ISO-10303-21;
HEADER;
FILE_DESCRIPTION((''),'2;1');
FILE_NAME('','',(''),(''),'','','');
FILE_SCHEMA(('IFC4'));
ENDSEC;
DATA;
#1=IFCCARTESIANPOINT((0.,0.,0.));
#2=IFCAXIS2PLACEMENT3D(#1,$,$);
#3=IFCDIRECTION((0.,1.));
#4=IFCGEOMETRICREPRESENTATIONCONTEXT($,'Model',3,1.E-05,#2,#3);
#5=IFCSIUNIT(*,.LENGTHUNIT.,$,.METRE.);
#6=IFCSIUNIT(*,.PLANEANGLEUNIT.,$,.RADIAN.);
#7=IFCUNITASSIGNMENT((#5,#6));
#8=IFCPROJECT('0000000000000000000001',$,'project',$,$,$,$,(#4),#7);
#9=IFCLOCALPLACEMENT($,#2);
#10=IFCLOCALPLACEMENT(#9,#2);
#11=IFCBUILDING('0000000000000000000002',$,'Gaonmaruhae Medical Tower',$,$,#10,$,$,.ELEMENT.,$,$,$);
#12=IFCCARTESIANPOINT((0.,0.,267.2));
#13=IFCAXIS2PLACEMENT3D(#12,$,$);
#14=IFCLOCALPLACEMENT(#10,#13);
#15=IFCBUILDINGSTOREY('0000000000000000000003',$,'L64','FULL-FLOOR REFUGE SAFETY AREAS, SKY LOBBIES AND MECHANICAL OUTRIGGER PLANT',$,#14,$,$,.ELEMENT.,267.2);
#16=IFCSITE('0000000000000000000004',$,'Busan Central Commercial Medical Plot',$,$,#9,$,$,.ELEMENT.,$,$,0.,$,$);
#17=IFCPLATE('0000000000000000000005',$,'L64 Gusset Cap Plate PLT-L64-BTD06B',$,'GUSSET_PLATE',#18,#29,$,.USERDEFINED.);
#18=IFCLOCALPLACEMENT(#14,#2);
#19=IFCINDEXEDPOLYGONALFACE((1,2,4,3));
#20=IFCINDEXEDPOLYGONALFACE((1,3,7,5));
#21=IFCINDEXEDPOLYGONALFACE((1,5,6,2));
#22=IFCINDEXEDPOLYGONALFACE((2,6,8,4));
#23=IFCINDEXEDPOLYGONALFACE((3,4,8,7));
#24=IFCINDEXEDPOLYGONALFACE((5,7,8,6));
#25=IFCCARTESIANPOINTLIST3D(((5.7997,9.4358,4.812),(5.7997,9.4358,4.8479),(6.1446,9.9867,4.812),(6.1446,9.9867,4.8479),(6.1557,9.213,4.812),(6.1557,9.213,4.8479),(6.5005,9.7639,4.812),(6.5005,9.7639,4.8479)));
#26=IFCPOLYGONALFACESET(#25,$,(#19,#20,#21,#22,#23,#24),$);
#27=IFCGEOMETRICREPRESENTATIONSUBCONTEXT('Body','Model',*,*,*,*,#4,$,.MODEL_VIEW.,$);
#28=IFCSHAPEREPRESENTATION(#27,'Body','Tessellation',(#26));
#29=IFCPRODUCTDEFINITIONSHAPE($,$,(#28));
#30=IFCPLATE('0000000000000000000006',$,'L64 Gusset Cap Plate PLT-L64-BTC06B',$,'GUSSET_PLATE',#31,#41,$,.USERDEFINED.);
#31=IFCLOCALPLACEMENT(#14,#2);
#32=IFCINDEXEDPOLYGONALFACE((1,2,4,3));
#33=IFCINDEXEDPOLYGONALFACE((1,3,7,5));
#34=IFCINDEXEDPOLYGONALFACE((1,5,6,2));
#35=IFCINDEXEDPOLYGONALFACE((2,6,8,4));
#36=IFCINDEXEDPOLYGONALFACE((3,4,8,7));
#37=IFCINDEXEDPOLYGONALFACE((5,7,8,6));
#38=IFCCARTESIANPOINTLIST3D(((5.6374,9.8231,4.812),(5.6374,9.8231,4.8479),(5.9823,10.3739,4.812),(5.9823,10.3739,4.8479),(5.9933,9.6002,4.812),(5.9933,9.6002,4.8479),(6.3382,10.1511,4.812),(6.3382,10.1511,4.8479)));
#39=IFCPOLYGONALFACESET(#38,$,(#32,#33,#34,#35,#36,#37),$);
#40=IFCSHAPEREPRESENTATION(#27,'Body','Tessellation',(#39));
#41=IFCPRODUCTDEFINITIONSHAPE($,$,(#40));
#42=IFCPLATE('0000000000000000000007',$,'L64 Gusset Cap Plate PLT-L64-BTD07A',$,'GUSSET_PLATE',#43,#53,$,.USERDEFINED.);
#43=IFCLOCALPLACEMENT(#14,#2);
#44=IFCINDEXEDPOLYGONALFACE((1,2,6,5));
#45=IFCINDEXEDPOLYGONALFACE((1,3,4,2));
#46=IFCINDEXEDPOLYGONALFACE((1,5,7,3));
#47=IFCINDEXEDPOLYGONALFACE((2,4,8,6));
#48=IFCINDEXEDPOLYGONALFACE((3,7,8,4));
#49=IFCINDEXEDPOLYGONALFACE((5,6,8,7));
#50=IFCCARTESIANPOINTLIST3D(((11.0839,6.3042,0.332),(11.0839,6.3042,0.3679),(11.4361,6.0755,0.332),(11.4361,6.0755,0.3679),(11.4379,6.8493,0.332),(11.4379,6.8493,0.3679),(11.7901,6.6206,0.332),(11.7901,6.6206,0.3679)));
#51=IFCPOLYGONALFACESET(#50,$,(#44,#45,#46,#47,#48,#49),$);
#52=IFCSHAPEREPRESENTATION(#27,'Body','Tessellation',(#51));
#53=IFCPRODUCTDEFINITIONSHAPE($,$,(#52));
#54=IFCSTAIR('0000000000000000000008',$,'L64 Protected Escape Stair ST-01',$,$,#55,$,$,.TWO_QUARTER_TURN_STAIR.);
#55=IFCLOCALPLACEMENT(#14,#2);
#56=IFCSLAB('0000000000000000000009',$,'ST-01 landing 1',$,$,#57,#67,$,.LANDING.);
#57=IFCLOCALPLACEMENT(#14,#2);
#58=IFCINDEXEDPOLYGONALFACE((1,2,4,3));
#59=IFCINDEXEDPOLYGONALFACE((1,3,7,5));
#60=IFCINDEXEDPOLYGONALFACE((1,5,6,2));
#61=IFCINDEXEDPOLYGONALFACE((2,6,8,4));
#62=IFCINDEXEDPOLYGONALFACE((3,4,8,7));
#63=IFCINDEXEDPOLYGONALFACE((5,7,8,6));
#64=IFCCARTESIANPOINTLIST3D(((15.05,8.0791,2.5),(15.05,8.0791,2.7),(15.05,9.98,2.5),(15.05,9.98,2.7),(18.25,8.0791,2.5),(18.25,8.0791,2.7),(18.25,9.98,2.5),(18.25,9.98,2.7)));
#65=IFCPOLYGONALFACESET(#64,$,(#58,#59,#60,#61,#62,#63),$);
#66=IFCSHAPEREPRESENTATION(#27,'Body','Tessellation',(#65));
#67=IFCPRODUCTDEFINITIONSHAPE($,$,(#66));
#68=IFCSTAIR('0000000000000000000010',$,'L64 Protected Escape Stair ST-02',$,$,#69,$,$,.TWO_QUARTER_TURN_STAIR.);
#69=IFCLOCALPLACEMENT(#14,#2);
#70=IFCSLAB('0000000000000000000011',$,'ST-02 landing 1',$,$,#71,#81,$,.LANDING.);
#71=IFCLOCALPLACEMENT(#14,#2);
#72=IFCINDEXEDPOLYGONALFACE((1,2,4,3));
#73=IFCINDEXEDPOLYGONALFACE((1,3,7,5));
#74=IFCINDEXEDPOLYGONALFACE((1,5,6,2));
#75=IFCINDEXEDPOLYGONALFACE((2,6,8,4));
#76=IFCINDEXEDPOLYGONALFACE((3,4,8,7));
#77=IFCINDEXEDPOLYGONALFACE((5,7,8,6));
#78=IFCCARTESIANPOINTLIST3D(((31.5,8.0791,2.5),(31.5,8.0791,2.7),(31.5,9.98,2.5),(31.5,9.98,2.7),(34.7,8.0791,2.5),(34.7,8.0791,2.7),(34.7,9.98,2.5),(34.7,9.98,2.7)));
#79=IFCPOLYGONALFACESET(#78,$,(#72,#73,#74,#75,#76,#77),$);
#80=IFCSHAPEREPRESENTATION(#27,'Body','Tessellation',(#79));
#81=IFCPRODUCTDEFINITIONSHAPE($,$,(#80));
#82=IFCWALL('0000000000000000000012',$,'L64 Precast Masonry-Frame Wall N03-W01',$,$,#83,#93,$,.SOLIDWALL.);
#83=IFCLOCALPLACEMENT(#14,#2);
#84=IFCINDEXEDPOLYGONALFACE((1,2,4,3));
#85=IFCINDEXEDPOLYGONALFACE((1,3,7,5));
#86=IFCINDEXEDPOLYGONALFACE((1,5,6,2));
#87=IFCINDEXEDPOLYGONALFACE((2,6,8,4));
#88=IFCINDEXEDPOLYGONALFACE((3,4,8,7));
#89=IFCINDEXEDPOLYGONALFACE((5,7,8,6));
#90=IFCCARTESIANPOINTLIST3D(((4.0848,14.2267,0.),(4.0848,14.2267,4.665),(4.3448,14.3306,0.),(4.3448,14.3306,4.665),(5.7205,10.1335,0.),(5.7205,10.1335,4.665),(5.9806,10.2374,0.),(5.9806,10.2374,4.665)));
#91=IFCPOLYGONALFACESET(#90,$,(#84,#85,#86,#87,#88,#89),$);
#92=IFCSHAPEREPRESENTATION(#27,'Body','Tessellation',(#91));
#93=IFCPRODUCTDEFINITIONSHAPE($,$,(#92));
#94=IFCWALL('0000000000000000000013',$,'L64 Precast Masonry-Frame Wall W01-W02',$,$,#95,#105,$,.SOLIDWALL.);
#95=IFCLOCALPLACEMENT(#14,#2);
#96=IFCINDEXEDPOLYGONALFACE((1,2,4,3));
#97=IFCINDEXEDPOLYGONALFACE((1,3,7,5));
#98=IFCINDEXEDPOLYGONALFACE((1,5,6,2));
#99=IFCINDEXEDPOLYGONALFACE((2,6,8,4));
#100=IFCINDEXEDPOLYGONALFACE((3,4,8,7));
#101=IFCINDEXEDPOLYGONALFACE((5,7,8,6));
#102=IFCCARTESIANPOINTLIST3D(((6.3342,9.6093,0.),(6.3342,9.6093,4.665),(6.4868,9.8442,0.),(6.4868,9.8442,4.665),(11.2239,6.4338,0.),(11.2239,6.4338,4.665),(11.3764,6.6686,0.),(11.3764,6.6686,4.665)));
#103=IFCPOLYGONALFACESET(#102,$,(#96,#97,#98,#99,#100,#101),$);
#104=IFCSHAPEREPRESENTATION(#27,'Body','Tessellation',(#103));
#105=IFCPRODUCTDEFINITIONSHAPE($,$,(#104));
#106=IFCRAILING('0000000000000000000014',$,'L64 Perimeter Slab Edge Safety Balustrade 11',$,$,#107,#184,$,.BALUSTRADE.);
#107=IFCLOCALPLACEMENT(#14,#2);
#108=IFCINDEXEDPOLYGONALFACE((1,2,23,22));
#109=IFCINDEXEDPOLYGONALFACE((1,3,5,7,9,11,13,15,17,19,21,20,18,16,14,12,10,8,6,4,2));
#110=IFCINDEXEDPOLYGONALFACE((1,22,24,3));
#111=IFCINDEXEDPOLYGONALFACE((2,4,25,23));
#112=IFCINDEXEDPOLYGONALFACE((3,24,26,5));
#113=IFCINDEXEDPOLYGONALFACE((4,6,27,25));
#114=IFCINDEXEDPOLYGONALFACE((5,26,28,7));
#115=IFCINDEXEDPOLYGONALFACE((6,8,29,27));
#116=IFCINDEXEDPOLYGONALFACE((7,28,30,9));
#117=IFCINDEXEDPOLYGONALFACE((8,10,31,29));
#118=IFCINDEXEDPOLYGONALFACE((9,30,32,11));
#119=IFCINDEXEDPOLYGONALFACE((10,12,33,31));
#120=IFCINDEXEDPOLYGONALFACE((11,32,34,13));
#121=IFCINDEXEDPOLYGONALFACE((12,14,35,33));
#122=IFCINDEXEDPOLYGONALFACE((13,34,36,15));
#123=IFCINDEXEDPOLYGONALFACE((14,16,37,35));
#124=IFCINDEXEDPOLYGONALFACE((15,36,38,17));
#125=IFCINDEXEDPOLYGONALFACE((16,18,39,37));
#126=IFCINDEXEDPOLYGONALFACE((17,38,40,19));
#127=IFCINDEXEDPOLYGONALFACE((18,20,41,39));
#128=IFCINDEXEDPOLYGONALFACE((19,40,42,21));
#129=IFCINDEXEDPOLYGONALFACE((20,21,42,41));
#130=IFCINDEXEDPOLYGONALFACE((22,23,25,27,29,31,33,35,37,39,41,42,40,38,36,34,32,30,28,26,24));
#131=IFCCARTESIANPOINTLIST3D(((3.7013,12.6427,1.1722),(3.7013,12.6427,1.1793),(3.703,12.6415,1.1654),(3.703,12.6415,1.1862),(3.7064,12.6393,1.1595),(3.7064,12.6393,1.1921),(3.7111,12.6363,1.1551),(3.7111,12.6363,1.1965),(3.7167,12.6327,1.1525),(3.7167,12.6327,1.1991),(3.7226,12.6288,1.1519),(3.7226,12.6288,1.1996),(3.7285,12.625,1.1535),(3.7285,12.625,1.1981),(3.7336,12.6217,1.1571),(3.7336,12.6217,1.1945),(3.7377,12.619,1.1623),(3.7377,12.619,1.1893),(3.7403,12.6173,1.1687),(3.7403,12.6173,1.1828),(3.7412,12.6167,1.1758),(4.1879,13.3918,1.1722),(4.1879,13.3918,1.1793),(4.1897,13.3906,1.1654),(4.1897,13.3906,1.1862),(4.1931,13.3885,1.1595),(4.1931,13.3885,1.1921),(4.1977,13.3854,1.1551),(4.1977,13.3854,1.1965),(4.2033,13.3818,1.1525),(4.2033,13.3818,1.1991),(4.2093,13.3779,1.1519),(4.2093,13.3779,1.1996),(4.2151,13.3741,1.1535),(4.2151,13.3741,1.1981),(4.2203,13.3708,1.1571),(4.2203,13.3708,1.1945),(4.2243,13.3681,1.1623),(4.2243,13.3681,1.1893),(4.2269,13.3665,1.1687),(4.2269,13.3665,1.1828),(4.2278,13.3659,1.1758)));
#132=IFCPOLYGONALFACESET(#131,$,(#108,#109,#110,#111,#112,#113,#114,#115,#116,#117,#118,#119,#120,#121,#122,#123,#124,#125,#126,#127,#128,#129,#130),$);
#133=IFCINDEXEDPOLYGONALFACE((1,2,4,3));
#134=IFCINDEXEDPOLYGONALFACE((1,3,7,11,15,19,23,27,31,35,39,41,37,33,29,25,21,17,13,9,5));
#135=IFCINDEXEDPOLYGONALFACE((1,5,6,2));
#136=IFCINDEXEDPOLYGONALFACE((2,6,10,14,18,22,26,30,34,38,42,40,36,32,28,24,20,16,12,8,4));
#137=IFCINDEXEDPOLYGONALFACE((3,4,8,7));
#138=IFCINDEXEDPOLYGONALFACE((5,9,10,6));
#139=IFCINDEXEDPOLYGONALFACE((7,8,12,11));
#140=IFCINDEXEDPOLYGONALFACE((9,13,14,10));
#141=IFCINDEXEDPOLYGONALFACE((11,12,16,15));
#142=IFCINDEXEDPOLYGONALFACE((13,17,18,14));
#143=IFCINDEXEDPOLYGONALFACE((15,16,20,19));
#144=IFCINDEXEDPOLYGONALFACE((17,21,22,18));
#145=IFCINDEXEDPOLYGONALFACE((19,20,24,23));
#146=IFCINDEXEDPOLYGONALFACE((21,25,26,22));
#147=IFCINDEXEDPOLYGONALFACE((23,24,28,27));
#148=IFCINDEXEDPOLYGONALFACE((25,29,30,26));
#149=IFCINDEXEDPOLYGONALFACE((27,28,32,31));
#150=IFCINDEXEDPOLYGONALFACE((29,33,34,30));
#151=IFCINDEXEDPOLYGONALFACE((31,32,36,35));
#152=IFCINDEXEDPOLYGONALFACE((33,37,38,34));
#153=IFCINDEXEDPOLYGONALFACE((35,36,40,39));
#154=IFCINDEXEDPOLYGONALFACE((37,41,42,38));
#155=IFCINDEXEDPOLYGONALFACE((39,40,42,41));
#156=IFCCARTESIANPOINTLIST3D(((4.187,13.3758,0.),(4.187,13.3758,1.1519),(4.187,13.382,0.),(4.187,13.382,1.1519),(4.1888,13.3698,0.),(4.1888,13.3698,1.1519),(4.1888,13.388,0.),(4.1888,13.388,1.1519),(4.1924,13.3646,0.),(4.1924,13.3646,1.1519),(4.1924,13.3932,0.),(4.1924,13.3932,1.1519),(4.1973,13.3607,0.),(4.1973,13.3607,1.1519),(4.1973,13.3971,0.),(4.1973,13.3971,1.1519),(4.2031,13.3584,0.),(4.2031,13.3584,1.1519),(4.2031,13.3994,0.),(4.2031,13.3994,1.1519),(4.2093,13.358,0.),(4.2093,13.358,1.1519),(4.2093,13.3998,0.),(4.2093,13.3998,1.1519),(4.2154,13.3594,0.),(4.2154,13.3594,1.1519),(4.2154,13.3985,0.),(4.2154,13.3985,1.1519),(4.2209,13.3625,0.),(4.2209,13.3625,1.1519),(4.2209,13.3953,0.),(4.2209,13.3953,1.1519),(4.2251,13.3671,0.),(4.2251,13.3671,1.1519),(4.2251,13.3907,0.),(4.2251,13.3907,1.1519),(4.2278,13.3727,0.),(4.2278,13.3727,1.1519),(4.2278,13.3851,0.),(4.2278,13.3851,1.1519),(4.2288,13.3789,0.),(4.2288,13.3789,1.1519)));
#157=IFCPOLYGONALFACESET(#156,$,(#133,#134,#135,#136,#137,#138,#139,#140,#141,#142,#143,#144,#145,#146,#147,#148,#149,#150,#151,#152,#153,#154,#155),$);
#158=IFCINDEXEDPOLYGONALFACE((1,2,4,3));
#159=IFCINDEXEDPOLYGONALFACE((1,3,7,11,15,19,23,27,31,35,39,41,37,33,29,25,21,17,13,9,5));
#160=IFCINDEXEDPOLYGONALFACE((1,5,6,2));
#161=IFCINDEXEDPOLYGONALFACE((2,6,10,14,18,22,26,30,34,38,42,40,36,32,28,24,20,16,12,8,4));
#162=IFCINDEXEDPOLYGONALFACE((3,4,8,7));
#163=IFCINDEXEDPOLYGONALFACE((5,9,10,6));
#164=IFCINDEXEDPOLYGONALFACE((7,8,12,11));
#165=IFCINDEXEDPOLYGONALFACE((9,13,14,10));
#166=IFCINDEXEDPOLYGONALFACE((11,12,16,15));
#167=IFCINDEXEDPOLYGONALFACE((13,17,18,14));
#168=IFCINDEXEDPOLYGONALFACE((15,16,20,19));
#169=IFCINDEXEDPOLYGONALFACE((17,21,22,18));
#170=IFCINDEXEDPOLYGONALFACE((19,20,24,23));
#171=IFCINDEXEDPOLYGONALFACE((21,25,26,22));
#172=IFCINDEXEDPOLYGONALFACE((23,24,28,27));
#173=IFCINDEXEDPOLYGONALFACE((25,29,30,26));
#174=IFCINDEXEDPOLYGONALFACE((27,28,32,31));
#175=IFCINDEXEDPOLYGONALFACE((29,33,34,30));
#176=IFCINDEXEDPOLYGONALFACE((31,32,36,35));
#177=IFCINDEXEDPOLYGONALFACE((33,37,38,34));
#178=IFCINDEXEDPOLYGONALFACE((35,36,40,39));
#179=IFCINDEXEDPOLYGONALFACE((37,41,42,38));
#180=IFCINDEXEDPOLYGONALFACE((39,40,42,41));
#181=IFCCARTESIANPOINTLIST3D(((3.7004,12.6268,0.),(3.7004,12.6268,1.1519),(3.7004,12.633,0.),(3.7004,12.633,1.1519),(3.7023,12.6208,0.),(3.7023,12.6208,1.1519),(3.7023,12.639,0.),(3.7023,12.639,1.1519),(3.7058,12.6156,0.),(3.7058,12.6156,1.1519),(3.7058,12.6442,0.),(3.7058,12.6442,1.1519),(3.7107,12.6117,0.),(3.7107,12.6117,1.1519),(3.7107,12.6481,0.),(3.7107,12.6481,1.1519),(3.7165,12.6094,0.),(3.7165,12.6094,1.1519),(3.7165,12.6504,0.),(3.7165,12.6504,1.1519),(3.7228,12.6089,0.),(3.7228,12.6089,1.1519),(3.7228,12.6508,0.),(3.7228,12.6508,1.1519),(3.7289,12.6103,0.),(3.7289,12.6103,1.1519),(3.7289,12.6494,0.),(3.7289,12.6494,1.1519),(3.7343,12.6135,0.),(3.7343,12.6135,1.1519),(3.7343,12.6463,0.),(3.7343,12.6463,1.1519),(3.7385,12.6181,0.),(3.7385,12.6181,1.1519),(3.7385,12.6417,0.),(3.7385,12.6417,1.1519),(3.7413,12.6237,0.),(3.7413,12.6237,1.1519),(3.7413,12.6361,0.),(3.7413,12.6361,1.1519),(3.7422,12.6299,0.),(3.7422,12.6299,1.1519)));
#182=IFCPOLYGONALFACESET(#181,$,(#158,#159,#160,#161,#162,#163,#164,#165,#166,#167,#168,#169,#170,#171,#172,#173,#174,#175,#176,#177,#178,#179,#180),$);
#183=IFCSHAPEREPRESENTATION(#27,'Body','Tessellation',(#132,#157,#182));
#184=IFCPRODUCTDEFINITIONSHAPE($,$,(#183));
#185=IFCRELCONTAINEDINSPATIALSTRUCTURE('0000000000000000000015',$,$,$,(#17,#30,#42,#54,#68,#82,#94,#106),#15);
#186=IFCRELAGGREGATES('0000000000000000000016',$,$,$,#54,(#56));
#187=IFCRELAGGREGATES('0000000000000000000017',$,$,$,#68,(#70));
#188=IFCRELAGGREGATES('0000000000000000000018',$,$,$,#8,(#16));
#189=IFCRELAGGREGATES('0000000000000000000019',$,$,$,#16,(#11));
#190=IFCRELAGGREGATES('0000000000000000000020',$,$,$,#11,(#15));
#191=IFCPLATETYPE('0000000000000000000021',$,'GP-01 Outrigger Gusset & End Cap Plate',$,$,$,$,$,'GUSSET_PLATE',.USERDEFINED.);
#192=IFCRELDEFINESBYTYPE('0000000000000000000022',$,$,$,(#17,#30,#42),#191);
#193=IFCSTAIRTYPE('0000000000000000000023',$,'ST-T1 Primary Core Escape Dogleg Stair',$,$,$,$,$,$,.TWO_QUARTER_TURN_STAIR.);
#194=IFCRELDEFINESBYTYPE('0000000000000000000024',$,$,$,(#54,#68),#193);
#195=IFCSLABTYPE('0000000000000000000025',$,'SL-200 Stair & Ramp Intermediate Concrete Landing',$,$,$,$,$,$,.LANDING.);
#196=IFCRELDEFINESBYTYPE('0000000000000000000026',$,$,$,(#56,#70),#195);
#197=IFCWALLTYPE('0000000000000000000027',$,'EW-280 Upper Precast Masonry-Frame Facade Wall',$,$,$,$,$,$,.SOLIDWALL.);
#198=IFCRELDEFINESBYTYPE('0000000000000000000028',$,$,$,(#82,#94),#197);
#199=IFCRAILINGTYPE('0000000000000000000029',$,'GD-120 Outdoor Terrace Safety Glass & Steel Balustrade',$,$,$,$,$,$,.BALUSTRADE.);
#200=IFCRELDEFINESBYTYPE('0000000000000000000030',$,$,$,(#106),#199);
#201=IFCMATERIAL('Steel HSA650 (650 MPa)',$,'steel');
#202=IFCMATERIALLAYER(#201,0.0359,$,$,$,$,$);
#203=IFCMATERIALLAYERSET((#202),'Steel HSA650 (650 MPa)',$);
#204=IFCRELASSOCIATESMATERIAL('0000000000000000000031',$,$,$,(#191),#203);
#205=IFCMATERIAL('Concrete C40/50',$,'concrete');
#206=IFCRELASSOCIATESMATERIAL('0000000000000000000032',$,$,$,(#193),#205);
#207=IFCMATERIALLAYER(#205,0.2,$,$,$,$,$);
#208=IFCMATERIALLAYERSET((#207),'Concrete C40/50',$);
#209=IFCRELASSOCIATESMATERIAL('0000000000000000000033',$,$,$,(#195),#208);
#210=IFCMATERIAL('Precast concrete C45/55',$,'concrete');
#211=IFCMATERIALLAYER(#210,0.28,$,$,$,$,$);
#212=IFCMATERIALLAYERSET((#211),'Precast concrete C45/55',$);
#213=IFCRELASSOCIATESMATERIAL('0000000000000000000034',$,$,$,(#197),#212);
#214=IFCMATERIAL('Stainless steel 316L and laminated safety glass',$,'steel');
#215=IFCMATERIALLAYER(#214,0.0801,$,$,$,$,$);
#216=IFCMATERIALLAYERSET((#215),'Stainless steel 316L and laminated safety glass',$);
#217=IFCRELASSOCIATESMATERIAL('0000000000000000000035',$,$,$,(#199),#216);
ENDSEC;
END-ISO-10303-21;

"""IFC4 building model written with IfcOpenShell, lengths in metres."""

from ifc_helpers import new_model, si_unit, direction, frame, frame_2d, origin, origin_2d, place, context, subcontext, project, spatial, polyline, rectangle, circle, outline, extrude, material, layer, layer_set, type_object, element, aggregate, save


model = new_model("IFC4")

# Units and contexts
model_context = context("Model", 3, precision=1e-05, world=origin(), true_north=direction((0.0, 1.0)))
body_context = subcontext(model_context, "Body", "Model", "MODEL_VIEW")
ifc_project = project(units=[si_unit("LENGTHUNIT", "METRE"), si_unit("PLANEANGLEUNIT", "RADIAN")], contexts=[model_context])

# Site, building, storey
site_placement = place(None, origin())
site = spatial("IfcSite", under=ifc_project, at=site_placement, Name="Busan Central Commercial Medical Plot", CompositionType="ELEMENT", RefElevation=0.0)
building_placement = place(site_placement, origin())
building = spatial("IfcBuilding", under=site, at=building_placement, Name="Gaonmaruhae Medical Tower", CompositionType="ELEMENT")
storey_placement = place(building_placement, frame((0.0, 0.0, 267.2)))
storey = spatial("IfcBuildingStorey", under=building, at=storey_placement, Name="L64", Description="FULL-FLOOR REFUGE SAFETY AREAS, SKY LOBBIES AND MECHANICAL OUTRIGGER PLANT", CompositionType="ELEMENT", Elevation=267.2)

# Shared definitions
ifc_material_1 = material(Name="Steel HSA650 (650 MPa)", Category="steel")

# Shared definitions
ifc_material_2 = material(Name="Concrete C40/50", Category="concrete")

# Plates
ifc_layer_1 = layer(ifc_material_1, 0.0359)
ifc_layer_set_1 = layer_set([ifc_layer_1], Name="Steel HSA650 (650 MPa)")
plate_type = type_object("IfcPlateType", Name="GP-01 Outrigger Gusset & End Cap Plate", ElementType="GUSSET_PLATE", PredefinedType="USERDEFINED", material=ifc_layer_set_1)
for number, where, z_axis, x_axis, name in (
    (1, (6.1501, 9.5999, 4.812), (0.0, 0.0, 1.0), (0.530659, 0.847585, 0.0), "L64 Gusset Cap Plate PLT-L64-BTD06B"),
    (2, (5.9878, 9.9871, 4.812), (0.0, 0.0, 1.0), (0.530659, 0.847585, 0.0), "L64 Gusset Cap Plate PLT-L64-BTC06B"),
    (3, (11.437, 6.4624, 0.332), (0.0, 0.0, 1.0), (0.544639, 0.838671, 0.0), "L64 Gusset Cap Plate PLT-L64-BTD07A"),
):
    element("IfcPlate", number, at=place(storey_placement, frame(where, z_axis=z_axis, x_axis=x_axis)), inside=storey, type_object=plate_type, Name=name, ObjectType="GUSSET_PLATE", PredefinedType="USERDEFINED", context=body_context, shape_type="SweptSolid", body=[
        extrude(rectangle(XDim=0.6499, YDim=0.4199, at=origin_2d()), origin(), (0.0, 0.0, 1.0), 0.0359),
    ])

# Stairs, slabs
stair_type = type_object("IfcStairType", Name="ST-T1 Primary Core Escape Dogleg Stair", PredefinedType="TWO_QUARTER_TURN_STAIR", material=ifc_material_2)
stair_1_placement = place(storey_placement, origin())
stair_1 = element("IfcStair", 4, at=stair_1_placement, inside=storey, type_object=stair_type, Name="L64 Protected Escape Stair ST-01", PredefinedType="TWO_QUARTER_TURN_STAIR")
ifc_layer_2 = layer(ifc_material_2, 0.2)
ifc_layer_set_2 = layer_set([ifc_layer_2], Name="Concrete C40/50")
slab_type_1 = type_object("IfcSlabType", Name="SL-200 Stair & Ramp Intermediate Concrete Landing", PredefinedType="LANDING", material=ifc_layer_set_2)
slab_1_placement = place(storey_placement, frame((0.0, 0.0, 2.5)))
slab_1 = element("IfcSlab", 5, at=slab_1_placement, type_object=slab_type_1, Name="ST-01 landing 1", PredefinedType="LANDING", context=body_context, shape_type="SweptSolid", body=[
    extrude(outline(polyline([(15.05, 9.98), (15.05, 8.0791), (18.25, 8.0791), (18.25, 9.98), (15.05, 9.98)])), origin(), (0.0, 0.0, 1.0), 0.2),
])
aggregate(stair_1, [slab_1])
stair_2_placement = place(storey_placement, origin())
stair_2 = element("IfcStair", 6, at=stair_2_placement, inside=storey, type_object=stair_type, Name="L64 Protected Escape Stair ST-02", PredefinedType="TWO_QUARTER_TURN_STAIR")
slab_2_placement = place(storey_placement, frame((0.0, 0.0, 2.5)))
slab_2 = element("IfcSlab", 7, at=slab_2_placement, type_object=slab_type_1, Name="ST-02 landing 1", PredefinedType="LANDING", context=body_context, shape_type="SweptSolid", body=[
    extrude(outline(polyline([(31.5, 9.98), (31.5, 8.0791), (34.7, 8.0791), (34.7, 9.98), (31.5, 9.98)])), origin(), (0.0, 0.0, 1.0), 0.2),
])
aggregate(stair_2, [slab_2])

# Walls
ifc_material_3 = material(Name="Precast concrete C45/55", Category="concrete")
ifc_layer_3 = layer(ifc_material_3, 0.28)
ifc_layer_set_3 = layer_set([ifc_layer_3], Name="Precast concrete C45/55")
wall_type = type_object("IfcWallType", Name="EW-280 Upper Precast Masonry-Frame Facade Wall", PredefinedType="SOLIDWALL", material=ifc_layer_set_3)
wall_1_placement = place(storey_placement, frame((5.8506, 10.1853, 0.0), z_axis=(0.0, 0.0, 1.0), x_axis=(-0.371085, 0.928599, 0.0)))
element("IfcWall", 8, at=wall_1_placement, inside=storey, type_object=wall_type, Name="L64 Precast Masonry-Frame Wall N03-W01", PredefinedType="SOLIDWALL", context=body_context, shape_type="SweptSolid", body=[
    extrude(rectangle(XDim=4.408, YDim=0.28, at=frame_2d((2.2041, 0.0))), origin(), (0.0, 0.0, 1.0), 4.665),
])
wall_2_placement = place(storey_placement, frame((11.3, 6.5513, 0.0), z_axis=(0.0, 0.0, 1.0), x_axis=(-0.838658, 0.544659, 0.0)))
element("IfcWall", 9, at=wall_2_placement, inside=storey, type_object=wall_type, Name="L64 Precast Masonry-Frame Wall W01-W02", PredefinedType="SOLIDWALL", context=body_context, shape_type="SweptSolid", body=[
    extrude(rectangle(XDim=5.8303, YDim=0.28, at=frame_2d((2.915, 0.0))), origin(), (0.0, 0.0, 1.0), 4.665),
])

# Railing
ifc_material_4 = material(Name="Stainless steel 316L and laminated safety glass", Category="steel")
ifc_layer_4 = layer(ifc_material_4, 0.0801)
ifc_layer_set_4 = layer_set([ifc_layer_4], Name="Stainless steel 316L and laminated safety glass")
railing_type = type_object("IfcRailingType", Name="GD-120 Outdoor Terrace Safety Glass & Steel Balustrade", PredefinedType="BALUSTRADE", material=ifc_layer_set_4)
railing_1_placement = place(storey_placement, frame((4.2078, 13.3789, 0.0)))
element("IfcRailing", 10, at=railing_1_placement, inside=storey, type_object=railing_type, Name="L64 Perimeter Slab Edge Safety Balustrade 11", PredefinedType="BALUSTRADE", context=body_context, shape_type="SweptSolid", body=[
    extrude(circle(Radius=0.0239, at=origin_2d()), frame((0.0, 0.0, 1.1758), z_axis=(-0.544758, -0.838593, 0.0), x_axis=(0.838593, -0.544758, 0.0)), (0.0, 0.0, 1.0), 0.8933),
    extrude(circle(Radius=0.021, at=origin_2d()), origin(), (0.0, 0.0, 1.0), 1.1519),
    extrude(circle(Radius=0.021, at=origin_2d()), frame((-0.4866, -0.749, 0.0)), (0.0, 0.0, 1.0), 1.1519),
])

save(model, "model.ifc")
